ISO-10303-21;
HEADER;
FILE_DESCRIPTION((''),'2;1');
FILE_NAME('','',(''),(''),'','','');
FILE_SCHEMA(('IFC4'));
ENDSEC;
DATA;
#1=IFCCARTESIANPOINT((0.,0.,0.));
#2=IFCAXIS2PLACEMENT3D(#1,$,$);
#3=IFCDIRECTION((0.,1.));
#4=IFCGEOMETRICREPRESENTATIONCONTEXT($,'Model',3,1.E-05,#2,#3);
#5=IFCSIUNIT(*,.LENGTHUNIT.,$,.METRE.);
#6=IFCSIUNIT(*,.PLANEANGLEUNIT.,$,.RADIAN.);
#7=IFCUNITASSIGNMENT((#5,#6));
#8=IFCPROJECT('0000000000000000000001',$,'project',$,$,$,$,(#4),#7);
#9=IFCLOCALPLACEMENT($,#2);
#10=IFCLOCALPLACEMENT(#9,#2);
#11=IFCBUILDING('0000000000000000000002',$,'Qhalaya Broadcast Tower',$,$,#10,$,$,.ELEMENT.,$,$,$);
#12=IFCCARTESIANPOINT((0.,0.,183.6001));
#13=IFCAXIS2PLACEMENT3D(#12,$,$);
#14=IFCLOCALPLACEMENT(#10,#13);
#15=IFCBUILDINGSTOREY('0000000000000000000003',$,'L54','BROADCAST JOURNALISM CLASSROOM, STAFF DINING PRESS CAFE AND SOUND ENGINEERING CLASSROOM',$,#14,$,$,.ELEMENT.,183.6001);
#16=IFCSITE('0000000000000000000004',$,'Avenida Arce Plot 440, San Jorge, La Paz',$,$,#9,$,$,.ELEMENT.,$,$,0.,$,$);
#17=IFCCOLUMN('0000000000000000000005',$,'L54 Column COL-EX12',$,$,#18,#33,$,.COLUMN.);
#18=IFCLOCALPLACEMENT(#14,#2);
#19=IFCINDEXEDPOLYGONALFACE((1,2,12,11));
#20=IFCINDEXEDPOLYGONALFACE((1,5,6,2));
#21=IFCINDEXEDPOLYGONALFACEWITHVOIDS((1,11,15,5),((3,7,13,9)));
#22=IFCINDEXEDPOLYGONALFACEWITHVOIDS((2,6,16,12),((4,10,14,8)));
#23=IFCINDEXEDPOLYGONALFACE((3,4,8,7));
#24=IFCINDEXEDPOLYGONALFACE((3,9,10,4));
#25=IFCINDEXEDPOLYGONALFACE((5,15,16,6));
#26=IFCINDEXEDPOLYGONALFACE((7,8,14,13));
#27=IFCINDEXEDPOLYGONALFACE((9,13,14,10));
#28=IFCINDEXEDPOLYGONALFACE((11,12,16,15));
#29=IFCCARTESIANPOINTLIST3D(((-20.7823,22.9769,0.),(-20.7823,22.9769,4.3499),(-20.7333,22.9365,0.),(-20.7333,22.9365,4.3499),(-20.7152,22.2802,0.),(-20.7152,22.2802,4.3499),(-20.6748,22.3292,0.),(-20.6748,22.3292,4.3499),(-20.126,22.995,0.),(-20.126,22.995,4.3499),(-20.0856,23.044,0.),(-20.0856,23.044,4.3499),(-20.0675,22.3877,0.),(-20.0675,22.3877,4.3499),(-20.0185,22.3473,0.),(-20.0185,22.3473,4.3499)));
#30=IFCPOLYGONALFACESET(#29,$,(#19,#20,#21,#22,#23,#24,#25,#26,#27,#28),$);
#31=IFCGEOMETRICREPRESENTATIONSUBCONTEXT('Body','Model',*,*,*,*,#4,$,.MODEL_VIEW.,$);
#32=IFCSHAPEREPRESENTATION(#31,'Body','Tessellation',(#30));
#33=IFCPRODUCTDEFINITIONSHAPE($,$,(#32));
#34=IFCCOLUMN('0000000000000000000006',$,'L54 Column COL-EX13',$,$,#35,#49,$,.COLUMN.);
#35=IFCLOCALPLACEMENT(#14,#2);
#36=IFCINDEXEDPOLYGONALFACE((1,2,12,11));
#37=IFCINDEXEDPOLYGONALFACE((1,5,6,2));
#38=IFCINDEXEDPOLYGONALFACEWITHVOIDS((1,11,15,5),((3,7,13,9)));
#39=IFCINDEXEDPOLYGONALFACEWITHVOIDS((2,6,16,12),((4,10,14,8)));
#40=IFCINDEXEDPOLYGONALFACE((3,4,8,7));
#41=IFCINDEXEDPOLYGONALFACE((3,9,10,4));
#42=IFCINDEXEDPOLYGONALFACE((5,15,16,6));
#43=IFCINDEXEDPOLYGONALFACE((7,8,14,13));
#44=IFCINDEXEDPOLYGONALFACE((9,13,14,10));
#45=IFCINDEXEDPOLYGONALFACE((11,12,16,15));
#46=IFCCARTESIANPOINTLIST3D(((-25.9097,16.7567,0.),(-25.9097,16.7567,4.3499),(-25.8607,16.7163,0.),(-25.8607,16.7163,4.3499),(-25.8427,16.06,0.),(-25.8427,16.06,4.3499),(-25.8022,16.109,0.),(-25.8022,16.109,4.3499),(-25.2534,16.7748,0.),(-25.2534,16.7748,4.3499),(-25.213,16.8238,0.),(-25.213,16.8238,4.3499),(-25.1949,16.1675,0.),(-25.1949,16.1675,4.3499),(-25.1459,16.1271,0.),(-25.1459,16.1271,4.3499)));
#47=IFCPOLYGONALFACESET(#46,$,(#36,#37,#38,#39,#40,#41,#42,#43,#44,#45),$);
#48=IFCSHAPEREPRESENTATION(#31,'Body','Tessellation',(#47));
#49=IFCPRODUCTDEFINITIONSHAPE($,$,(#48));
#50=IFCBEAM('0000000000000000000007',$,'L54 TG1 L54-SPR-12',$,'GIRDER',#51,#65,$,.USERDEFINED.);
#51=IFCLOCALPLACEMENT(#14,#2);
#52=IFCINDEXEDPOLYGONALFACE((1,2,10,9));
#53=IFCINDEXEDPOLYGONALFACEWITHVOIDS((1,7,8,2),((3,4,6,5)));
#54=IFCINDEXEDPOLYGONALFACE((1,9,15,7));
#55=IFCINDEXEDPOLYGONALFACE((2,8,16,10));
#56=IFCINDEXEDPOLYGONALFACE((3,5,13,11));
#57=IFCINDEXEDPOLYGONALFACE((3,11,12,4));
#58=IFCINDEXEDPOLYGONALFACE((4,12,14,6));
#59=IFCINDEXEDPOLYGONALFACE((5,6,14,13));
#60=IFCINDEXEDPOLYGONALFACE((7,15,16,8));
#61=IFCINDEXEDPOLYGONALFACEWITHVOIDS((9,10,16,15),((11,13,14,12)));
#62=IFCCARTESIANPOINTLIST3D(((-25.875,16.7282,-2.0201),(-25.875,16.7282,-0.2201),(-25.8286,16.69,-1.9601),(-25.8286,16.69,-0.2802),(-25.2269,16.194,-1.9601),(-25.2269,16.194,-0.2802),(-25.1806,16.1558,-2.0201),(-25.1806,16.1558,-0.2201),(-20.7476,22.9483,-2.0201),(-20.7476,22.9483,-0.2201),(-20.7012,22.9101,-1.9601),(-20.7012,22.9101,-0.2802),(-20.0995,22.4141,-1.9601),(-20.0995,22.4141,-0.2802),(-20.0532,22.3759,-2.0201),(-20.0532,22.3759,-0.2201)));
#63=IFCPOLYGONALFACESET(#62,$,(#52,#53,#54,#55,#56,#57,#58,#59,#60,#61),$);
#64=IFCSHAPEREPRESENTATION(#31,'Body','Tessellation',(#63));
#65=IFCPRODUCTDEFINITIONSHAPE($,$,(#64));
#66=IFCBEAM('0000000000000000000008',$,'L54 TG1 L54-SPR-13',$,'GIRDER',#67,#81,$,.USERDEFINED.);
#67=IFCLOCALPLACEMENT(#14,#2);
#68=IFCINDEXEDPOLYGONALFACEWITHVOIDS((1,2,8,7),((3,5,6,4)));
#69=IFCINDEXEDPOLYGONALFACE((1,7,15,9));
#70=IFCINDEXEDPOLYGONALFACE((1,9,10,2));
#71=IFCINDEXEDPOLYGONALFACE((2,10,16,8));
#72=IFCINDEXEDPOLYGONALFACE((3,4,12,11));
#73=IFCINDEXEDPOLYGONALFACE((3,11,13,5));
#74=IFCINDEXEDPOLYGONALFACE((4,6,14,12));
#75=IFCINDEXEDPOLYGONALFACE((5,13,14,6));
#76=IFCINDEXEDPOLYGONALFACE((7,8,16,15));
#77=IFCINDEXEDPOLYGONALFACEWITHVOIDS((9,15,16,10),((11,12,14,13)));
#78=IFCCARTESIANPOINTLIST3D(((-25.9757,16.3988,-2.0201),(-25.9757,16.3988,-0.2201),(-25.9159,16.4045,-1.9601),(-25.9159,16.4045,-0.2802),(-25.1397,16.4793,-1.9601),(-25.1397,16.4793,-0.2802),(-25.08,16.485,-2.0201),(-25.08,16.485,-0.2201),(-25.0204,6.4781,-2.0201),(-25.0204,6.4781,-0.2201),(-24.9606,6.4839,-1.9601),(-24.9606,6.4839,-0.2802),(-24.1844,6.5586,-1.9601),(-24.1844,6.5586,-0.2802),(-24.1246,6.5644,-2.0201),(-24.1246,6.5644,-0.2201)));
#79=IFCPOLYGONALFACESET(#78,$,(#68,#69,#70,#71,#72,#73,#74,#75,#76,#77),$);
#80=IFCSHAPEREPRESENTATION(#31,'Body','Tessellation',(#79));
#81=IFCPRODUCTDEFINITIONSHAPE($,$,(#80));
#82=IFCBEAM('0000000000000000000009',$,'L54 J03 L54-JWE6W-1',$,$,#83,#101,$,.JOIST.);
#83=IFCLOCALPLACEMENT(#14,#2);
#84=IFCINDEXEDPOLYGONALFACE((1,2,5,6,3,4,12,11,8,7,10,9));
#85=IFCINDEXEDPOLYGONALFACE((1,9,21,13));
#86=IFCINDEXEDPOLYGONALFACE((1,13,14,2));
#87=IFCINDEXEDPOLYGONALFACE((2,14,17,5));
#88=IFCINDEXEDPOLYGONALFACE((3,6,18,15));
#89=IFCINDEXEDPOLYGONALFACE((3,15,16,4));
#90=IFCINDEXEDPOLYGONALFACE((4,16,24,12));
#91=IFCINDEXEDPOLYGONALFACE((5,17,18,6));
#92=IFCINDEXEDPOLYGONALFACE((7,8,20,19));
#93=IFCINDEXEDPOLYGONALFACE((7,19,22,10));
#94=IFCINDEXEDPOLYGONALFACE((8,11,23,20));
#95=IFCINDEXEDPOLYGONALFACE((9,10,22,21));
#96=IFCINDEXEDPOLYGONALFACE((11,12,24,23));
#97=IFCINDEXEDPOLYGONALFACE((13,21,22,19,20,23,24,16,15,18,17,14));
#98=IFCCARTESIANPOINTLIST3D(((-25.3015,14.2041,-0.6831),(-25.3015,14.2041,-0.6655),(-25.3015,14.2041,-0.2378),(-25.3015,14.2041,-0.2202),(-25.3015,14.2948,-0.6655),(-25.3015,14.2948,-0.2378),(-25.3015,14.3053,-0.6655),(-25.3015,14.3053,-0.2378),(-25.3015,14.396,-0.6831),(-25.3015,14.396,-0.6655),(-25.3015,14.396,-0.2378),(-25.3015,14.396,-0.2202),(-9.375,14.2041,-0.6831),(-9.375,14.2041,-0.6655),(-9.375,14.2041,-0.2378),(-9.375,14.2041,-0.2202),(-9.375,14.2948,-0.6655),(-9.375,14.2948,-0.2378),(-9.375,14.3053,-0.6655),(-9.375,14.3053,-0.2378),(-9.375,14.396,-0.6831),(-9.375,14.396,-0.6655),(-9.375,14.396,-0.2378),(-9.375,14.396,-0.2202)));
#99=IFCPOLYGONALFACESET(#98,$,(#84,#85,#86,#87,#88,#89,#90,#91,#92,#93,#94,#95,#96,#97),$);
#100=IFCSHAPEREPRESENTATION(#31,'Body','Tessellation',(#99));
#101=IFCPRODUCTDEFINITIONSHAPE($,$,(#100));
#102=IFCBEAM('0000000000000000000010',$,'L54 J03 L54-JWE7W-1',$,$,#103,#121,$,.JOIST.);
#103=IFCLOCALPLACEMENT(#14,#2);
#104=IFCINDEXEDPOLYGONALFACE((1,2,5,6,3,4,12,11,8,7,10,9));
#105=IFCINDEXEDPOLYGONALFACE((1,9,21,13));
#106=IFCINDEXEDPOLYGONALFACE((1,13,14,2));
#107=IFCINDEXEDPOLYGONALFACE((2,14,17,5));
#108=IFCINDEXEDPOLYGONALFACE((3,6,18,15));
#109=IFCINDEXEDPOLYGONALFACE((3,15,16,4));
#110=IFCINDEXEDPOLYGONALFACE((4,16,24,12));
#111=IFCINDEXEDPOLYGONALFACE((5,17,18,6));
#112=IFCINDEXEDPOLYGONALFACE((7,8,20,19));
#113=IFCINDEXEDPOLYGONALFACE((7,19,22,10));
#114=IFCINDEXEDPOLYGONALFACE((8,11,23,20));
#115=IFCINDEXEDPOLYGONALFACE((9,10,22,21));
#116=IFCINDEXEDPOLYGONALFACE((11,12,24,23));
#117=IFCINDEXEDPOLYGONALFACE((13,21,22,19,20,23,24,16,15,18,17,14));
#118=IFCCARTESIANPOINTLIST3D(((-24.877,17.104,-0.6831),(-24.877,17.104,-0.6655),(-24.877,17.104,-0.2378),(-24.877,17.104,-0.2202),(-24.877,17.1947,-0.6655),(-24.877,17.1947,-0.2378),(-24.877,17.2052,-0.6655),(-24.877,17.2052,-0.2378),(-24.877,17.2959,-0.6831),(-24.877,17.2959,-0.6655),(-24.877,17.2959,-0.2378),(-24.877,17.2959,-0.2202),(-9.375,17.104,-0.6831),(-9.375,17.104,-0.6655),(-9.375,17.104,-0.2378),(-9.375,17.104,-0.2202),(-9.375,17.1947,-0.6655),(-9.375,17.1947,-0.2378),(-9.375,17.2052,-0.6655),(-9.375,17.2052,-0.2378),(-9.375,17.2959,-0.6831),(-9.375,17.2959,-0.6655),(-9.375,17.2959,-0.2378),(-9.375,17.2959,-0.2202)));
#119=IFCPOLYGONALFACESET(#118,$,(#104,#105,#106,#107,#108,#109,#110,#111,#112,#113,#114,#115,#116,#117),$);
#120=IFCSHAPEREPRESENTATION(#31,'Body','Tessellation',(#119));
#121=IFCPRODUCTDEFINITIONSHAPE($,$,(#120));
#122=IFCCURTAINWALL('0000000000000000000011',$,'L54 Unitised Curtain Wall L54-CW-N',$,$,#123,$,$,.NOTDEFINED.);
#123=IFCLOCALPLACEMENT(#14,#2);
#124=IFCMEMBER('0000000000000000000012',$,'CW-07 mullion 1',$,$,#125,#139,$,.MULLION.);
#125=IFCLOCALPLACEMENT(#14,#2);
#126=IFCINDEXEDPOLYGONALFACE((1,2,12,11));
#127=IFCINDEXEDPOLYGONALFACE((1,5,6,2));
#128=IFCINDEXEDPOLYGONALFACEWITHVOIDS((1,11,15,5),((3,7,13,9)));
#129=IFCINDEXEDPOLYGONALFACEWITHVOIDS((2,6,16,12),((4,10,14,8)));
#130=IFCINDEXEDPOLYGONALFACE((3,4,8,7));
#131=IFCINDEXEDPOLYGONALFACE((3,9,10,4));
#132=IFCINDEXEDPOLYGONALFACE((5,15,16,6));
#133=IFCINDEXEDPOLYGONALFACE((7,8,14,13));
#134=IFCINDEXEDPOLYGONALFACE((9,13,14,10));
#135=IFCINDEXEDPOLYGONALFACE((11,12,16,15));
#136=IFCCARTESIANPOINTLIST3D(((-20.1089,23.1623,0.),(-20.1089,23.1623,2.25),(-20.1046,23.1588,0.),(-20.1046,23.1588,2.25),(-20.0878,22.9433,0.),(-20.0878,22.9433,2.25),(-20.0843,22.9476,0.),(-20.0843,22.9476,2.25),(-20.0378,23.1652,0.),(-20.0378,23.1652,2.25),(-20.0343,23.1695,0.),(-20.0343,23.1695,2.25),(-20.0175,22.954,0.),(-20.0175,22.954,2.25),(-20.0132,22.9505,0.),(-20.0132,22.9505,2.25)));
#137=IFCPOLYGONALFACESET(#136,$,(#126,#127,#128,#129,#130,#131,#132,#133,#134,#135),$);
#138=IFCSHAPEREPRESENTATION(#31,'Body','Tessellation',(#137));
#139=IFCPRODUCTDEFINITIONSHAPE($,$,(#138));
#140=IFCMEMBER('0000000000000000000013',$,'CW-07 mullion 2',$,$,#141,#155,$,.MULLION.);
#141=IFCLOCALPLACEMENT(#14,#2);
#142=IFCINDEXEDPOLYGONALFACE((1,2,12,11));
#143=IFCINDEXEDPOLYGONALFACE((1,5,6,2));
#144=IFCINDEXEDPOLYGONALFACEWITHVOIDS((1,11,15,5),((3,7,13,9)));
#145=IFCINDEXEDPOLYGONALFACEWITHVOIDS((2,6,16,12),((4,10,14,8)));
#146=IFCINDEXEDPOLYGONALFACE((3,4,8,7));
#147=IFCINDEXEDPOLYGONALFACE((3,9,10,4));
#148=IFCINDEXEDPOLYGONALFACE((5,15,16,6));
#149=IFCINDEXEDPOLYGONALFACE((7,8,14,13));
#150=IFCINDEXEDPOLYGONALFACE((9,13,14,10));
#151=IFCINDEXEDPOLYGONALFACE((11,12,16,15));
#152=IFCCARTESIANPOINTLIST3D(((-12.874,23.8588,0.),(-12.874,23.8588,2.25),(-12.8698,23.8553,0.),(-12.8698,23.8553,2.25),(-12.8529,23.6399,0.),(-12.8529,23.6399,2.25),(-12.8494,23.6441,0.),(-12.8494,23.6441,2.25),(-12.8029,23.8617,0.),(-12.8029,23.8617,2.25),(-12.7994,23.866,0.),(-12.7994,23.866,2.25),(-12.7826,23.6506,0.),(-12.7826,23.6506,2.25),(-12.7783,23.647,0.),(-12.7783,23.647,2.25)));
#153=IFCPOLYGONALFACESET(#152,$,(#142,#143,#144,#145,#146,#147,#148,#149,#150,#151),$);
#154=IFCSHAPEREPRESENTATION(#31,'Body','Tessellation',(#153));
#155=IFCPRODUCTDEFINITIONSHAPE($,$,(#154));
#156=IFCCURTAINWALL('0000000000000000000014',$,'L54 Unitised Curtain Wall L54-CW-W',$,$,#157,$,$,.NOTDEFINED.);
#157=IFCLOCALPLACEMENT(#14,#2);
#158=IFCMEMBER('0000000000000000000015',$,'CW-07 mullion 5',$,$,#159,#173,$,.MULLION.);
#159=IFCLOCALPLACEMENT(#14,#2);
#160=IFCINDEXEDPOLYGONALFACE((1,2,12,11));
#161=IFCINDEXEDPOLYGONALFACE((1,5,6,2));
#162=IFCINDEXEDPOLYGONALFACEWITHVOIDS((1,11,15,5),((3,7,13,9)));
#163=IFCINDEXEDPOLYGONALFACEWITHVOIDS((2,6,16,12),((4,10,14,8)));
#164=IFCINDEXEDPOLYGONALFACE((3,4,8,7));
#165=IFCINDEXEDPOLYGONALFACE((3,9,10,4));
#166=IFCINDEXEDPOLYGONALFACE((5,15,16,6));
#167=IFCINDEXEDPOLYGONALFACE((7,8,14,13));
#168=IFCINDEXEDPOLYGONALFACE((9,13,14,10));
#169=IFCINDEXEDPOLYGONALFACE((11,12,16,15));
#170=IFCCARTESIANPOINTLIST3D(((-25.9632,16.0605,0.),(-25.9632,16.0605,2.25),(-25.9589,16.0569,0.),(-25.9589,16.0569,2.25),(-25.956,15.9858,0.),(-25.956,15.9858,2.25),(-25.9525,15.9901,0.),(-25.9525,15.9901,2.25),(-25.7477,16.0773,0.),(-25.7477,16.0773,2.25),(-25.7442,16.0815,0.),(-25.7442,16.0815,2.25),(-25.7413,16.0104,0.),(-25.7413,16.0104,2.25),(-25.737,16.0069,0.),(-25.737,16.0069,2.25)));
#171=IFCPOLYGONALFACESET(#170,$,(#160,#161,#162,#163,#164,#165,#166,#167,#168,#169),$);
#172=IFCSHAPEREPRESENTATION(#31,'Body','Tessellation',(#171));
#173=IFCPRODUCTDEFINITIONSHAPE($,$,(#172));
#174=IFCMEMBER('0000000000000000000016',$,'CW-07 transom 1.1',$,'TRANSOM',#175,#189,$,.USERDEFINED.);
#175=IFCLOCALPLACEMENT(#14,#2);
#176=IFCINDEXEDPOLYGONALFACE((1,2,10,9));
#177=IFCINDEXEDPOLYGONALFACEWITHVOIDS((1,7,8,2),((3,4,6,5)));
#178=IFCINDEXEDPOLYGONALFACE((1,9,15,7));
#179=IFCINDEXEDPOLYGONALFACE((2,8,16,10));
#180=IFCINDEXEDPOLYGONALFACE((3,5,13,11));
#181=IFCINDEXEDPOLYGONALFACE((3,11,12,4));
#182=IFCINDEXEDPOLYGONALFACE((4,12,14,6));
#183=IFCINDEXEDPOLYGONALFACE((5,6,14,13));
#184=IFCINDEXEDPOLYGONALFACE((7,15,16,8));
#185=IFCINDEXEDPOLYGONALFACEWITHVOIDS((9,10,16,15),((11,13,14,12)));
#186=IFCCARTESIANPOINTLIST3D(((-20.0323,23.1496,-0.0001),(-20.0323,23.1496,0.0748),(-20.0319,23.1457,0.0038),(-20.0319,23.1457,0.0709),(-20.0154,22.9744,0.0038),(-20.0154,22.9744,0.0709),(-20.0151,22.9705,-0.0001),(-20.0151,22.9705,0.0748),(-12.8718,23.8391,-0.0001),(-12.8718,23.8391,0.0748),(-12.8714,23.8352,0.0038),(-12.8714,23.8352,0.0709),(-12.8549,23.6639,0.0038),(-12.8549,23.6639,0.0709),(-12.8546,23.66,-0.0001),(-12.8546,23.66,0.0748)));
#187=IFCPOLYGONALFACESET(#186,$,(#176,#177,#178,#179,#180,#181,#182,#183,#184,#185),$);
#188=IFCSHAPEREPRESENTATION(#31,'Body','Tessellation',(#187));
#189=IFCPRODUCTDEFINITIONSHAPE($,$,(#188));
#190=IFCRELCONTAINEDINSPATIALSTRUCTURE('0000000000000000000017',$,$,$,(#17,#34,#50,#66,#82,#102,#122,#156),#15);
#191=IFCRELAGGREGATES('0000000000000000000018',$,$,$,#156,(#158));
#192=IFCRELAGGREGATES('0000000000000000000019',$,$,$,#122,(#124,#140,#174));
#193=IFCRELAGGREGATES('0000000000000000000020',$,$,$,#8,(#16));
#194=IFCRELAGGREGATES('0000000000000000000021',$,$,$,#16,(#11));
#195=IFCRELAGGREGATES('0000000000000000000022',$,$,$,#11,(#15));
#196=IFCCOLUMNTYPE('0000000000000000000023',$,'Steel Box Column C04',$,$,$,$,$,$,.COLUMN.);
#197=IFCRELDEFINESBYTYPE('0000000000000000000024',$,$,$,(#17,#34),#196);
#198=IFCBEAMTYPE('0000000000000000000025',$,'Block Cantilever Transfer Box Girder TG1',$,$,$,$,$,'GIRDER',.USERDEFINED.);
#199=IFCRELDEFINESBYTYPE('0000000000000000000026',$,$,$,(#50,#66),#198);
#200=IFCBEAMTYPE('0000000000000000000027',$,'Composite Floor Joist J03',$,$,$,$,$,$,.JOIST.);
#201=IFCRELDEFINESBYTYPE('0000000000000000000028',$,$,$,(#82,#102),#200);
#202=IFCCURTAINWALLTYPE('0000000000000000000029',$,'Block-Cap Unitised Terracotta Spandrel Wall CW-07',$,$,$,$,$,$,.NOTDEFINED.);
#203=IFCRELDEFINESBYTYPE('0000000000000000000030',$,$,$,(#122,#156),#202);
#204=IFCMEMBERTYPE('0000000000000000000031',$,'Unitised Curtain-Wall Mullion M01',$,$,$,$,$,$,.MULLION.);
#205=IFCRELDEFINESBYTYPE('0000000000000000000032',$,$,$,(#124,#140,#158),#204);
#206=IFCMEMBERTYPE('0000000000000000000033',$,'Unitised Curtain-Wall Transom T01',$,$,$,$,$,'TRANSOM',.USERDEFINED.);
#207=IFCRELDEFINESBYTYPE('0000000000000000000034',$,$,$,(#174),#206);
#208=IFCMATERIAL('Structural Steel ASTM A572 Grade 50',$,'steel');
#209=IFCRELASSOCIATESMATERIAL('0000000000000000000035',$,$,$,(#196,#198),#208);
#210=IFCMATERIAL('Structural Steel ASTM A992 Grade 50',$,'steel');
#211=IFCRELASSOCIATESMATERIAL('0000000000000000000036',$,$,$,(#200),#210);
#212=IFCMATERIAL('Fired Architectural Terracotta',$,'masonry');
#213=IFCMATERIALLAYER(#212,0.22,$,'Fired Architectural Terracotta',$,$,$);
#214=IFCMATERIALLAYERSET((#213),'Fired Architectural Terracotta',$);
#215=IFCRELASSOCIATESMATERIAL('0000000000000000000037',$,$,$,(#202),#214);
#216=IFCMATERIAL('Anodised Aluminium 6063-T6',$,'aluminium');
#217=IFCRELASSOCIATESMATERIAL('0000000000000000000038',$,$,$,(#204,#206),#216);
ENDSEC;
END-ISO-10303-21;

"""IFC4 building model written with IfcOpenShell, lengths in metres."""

from ifc_helpers import new_model, si_unit, direction, frame, origin, origin_2d, place, context, subcontext, project, spatial, hollow_rectangle, i_section, extrude, material, layer, layer_set, material_profile, profile_set, type_object, element, aggregate, save


model = new_model("IFC4")

# Units and contexts
model_context = context("Model", 3, precision=1e-05, world=origin(), true_north=direction((0.0, 1.0)))
body_context = subcontext(model_context, "Body", "Model", "MODEL_VIEW")
ifc_project = project(units=[si_unit("LENGTHUNIT", "METRE"), si_unit("PLANEANGLEUNIT", "RADIAN")], contexts=[model_context])

# Site, building, storey
site_placement = place(None, origin())
site = spatial("IfcSite", under=ifc_project, at=site_placement, Name="Avenida Arce Plot 440, San Jorge, La Paz", CompositionType="ELEMENT", RefElevation=0.0)
building_placement = place(site_placement, origin())
building = spatial("IfcBuilding", under=site, at=building_placement, Name="Qhalaya Broadcast Tower", CompositionType="ELEMENT")
storey_placement = place(building_placement, frame((0.0, 0.0, 183.6001)))
storey = spatial("IfcBuildingStorey", under=building, at=storey_placement, Name="L54", Description="BROADCAST JOURNALISM CLASSROOM, STAFF DINING PRESS CAFE AND SOUND ENGINEERING CLASSROOM", CompositionType="ELEMENT", Elevation=183.6001)

# Columns
ifc_material_1 = material(Name="Structural Steel ASTM A572 Grade 50", Category="steel")
ifc_material_profile_1 = material_profile(ifc_material_1, hollow_rectangle(XDim=0.7, YDim=0.7, WallThickness=0.0449, at=origin_2d()), Name="BOX 700x700x45")
ifc_profile_set_1 = profile_set([ifc_material_profile_1], Name="Structural Steel ASTM A572 Grade 50")
column_type = type_object("IfcColumnType", Name="Steel Box Column C04", PredefinedType="COLUMN", material=ifc_profile_set_1)
for number, where, z_axis, x_axis, name in (
    (1, (-20.4004, 22.6621, 0.0), (0.0, 0.0, 1.0), (0.995396, 0.095846, 0.0), "L54 Column COL-EX12"),
    (2, (-25.5278, 16.4419, 0.0), (0.0, 0.0, 1.0), (-0.095846, 0.995396, 0.0), "L54 Column COL-EX13"),
):
    element("IfcColumn", number, at=place(storey_placement, frame(where, z_axis=z_axis, x_axis=x_axis)), inside=storey, type_object=column_type, Name=name, PredefinedType="COLUMN", context=body_context, shape_type="SweptSolid", body=[
        extrude(hollow_rectangle(XDim=0.7, YDim=0.7, WallThickness=0.0449, at=origin_2d()), origin(), (0.0, 0.0, 1.0), 4.3499),
    ])

# Beams
ifc_material_profile_2 = material_profile(ifc_material_1, hollow_rectangle(XDim=0.8999, YDim=1.8, WallThickness=0.0601, at=origin_2d()), Name="BOX 900x1800x60")
ifc_profile_set_2 = profile_set([ifc_material_profile_2], Name="Structural Steel ASTM A572 Grade 50")
beam_type_1 = type_object("IfcBeamType", Name="Block Cantilever Transfer Box Girder TG1", ElementType="GIRDER", PredefinedType="USERDEFINED", material=ifc_profile_set_2)
beam_1_placement = place(storey_placement, frame((-20.4004, 22.6621, -1.1201), z_axis=(-0.63607, -0.771631, 0.0), x_axis=(0.771631, -0.63607, 0.0)))
element("IfcBeam", 3, at=beam_1_placement, inside=storey, type_object=beam_type_1, Name="L54 TG1 L54-SPR-12", ObjectType="GIRDER", PredefinedType="USERDEFINED", context=body_context, shape_type="SweptSolid", body=[
    extrude(hollow_rectangle(XDim=0.8999, YDim=1.8, WallThickness=0.0601, at=origin_2d()), origin(), (0.0, 0.0, 1.0), 8.061),
])
beam_2_placement = place(storey_placement, frame((-25.5278, 16.4419, -1.1201), z_axis=(0.095853, -0.995396, 0.0), x_axis=(0.995396, 0.095853, 0.0)))
element("IfcBeam", 4, at=beam_2_placement, inside=storey, type_object=beam_type_1, Name="L54 TG1 L54-SPR-13", ObjectType="GIRDER", PredefinedType="USERDEFINED", context=body_context, shape_type="SweptSolid", body=[
    extrude(hollow_rectangle(XDim=0.8999, YDim=1.8, WallThickness=0.0601, at=origin_2d()), origin(), (0.0, 0.0, 1.0), 9.9666),
])
ifc_material_2 = material(Name="Structural Steel ASTM A992 Grade 50", Category="steel")
ifc_material_profile_3 = material_profile(ifc_material_2, i_section(OverallWidth=0.1919, OverallDepth=0.4629, WebThickness=0.0105, FlangeThickness=0.0176, at=origin_2d()), Name="W18X60")
ifc_profile_set_3 = profile_set([ifc_material_profile_3], Name="Structural Steel ASTM A992 Grade 50")
beam_type_2 = type_object("IfcBeamType", Name="Composite Floor Joist J03", PredefinedType="JOIST", material=ifc_profile_set_3)
beam_3_placement = place(storey_placement, frame((-25.3015, 14.3, -0.4517), z_axis=(1.0, 0.0, 0.0), x_axis=(0.0, 1.0, 0.0)))
element("IfcBeam", 5, at=beam_3_placement, inside=storey, type_object=beam_type_2, Name="L54 J03 L54-JWE6W-1", PredefinedType="JOIST", context=body_context, shape_type="SweptSolid", body=[
    extrude(i_section(OverallWidth=0.1919, OverallDepth=0.4629, WebThickness=0.0105, FlangeThickness=0.0176, at=origin_2d()), origin(), (0.0, 0.0, 1.0), 15.9265),
])
beam_4_placement = place(storey_placement, frame((-24.877, 17.2, -0.4517), z_axis=(1.0, 0.0, 0.0), x_axis=(0.0, 1.0, 0.0)))
element("IfcBeam", 6, at=beam_4_placement, inside=storey, type_object=beam_type_2, Name="L54 J03 L54-JWE7W-1", PredefinedType="JOIST", context=body_context, shape_type="SweptSolid", body=[
    extrude(i_section(OverallWidth=0.1919, OverallDepth=0.4629, WebThickness=0.0105, FlangeThickness=0.0176, at=origin_2d()), origin(), (0.0, 0.0, 1.0), 15.502),
])

# Curtain wall, members
ifc_material_3 = material(Name="Fired Architectural Terracotta", Category="masonry")
ifc_layer_1 = layer(ifc_material_3, 0.22, Name="Fired Architectural Terracotta")
ifc_layer_set_1 = layer_set([ifc_layer_1], Name="Fired Architectural Terracotta")
curtain_wall_type = type_object("IfcCurtainWallType", Name="Block-Cap Unitised Terracotta Spandrel Wall CW-07", PredefinedType="NOTDEFINED", material=ifc_layer_set_1)
curtain_wall_1_placement = place(storey_placement, origin())
curtain_wall_1 = element("IfcCurtainWall", 7, at=curtain_wall_1_placement, inside=storey, type_object=curtain_wall_type, Name="L54 Unitised Curtain Wall L54-CW-N", PredefinedType="NOTDEFINED")
ifc_material_4 = material(Name="Anodised Aluminium 6063-T6", Category="aluminium")
ifc_material_profile_4 = material_profile(ifc_material_4, hollow_rectangle(XDim=0.075, YDim=0.22, WallThickness=0.0039, at=origin_2d()), Name="ALU-MUL 75x220x4")
ifc_profile_set_4 = profile_set([ifc_material_profile_4], Name="Anodised Aluminium 6063-T6")
member_type_1 = type_object("IfcMemberType", Name="Unitised Curtain-Wall Mullion M01", PredefinedType="MULLION", material=ifc_profile_set_4)
member_1_placement = place(storey_placement, frame((-20.061, 23.0564, 0.0), z_axis=(0.0, 0.0, 1.0), x_axis=(0.995396, 0.095846, 0.0)))
member_1 = element("IfcMember", 8, at=member_1_placement, type_object=member_type_1, Name="CW-07 mullion 1", PredefinedType="MULLION", context=body_context, shape_type="SweptSolid", body=[
    extrude(hollow_rectangle(XDim=0.075, YDim=0.22, WallThickness=0.0039, at=origin_2d()), origin(), (0.0, 0.0, 1.0), 2.25),
])
member_2_placement = place(storey_placement, frame((-12.8262, 23.7529, 0.0), z_axis=(0.0, 0.0, 1.0), x_axis=(0.995396, 0.095846, 0.0)))
member_2 = element("IfcMember", 9, at=member_2_placement, type_object=member_type_1, Name="CW-07 mullion 2", PredefinedType="MULLION", context=body_context, shape_type="SweptSolid", body=[
    extrude(hollow_rectangle(XDim=0.075, YDim=0.22, WallThickness=0.0039, at=origin_2d()), origin(), (0.0, 0.0, 1.0), 2.25),
])

# Curtain wall, member
curtain_wall_2_placement = place(storey_placement, origin())
curtain_wall_2 = element("IfcCurtainWall", 10, at=curtain_wall_2_placement, inside=storey, type_object=curtain_wall_type, Name="L54 Unitised Curtain Wall L54-CW-W", PredefinedType="NOTDEFINED")
member_3_placement = place(storey_placement, frame((-25.8501, 16.0337, 0.0), z_axis=(0.0, 0.0, 1.0), x_axis=(-0.095846, 0.995396, 0.0)))
member_3 = element("IfcMember", 11, at=member_3_placement, type_object=member_type_1, Name="CW-07 mullion 5", PredefinedType="MULLION", context=body_context, shape_type="SweptSolid", body=[
    extrude(hollow_rectangle(XDim=0.075, YDim=0.22, WallThickness=0.0039, at=origin_2d()), origin(), (0.0, 0.0, 1.0), 2.25),
])
aggregate(curtain_wall_2, [member_3])

# Member
ifc_material_profile_5 = material_profile(ifc_material_4, hollow_rectangle(XDim=0.075, YDim=0.1799, WallThickness=0.0039, at=origin_2d()), Name="ALU-TRN 75x180x4")
ifc_profile_set_5 = profile_set([ifc_material_profile_5], Name="Anodised Aluminium 6063-T6")
member_type_2 = type_object("IfcMemberType", Name="Unitised Curtain-Wall Transom T01", ElementType="TRANSOM", PredefinedType="USERDEFINED", material=ifc_profile_set_5)
member_4_placement = place(storey_placement, frame((-20.0237, 23.0601, 0.0374), z_axis=(0.995396, 0.095844, 0.0), x_axis=(0.0, 0.0, 1.0)))
member_4 = element("IfcMember", 12, at=member_4_placement, type_object=member_type_2, Name="CW-07 transom 1.1", ObjectType="TRANSOM", PredefinedType="USERDEFINED", context=body_context, shape_type="SweptSolid", body=[
    extrude(hollow_rectangle(XDim=0.075, YDim=0.1799, WallThickness=0.0039, at=origin_2d()), origin(), (0.0, 0.0, 1.0), 7.1936),
])

aggregate(curtain_wall_1, [member_1, member_2, member_4])

save(model, "model.ifc")
